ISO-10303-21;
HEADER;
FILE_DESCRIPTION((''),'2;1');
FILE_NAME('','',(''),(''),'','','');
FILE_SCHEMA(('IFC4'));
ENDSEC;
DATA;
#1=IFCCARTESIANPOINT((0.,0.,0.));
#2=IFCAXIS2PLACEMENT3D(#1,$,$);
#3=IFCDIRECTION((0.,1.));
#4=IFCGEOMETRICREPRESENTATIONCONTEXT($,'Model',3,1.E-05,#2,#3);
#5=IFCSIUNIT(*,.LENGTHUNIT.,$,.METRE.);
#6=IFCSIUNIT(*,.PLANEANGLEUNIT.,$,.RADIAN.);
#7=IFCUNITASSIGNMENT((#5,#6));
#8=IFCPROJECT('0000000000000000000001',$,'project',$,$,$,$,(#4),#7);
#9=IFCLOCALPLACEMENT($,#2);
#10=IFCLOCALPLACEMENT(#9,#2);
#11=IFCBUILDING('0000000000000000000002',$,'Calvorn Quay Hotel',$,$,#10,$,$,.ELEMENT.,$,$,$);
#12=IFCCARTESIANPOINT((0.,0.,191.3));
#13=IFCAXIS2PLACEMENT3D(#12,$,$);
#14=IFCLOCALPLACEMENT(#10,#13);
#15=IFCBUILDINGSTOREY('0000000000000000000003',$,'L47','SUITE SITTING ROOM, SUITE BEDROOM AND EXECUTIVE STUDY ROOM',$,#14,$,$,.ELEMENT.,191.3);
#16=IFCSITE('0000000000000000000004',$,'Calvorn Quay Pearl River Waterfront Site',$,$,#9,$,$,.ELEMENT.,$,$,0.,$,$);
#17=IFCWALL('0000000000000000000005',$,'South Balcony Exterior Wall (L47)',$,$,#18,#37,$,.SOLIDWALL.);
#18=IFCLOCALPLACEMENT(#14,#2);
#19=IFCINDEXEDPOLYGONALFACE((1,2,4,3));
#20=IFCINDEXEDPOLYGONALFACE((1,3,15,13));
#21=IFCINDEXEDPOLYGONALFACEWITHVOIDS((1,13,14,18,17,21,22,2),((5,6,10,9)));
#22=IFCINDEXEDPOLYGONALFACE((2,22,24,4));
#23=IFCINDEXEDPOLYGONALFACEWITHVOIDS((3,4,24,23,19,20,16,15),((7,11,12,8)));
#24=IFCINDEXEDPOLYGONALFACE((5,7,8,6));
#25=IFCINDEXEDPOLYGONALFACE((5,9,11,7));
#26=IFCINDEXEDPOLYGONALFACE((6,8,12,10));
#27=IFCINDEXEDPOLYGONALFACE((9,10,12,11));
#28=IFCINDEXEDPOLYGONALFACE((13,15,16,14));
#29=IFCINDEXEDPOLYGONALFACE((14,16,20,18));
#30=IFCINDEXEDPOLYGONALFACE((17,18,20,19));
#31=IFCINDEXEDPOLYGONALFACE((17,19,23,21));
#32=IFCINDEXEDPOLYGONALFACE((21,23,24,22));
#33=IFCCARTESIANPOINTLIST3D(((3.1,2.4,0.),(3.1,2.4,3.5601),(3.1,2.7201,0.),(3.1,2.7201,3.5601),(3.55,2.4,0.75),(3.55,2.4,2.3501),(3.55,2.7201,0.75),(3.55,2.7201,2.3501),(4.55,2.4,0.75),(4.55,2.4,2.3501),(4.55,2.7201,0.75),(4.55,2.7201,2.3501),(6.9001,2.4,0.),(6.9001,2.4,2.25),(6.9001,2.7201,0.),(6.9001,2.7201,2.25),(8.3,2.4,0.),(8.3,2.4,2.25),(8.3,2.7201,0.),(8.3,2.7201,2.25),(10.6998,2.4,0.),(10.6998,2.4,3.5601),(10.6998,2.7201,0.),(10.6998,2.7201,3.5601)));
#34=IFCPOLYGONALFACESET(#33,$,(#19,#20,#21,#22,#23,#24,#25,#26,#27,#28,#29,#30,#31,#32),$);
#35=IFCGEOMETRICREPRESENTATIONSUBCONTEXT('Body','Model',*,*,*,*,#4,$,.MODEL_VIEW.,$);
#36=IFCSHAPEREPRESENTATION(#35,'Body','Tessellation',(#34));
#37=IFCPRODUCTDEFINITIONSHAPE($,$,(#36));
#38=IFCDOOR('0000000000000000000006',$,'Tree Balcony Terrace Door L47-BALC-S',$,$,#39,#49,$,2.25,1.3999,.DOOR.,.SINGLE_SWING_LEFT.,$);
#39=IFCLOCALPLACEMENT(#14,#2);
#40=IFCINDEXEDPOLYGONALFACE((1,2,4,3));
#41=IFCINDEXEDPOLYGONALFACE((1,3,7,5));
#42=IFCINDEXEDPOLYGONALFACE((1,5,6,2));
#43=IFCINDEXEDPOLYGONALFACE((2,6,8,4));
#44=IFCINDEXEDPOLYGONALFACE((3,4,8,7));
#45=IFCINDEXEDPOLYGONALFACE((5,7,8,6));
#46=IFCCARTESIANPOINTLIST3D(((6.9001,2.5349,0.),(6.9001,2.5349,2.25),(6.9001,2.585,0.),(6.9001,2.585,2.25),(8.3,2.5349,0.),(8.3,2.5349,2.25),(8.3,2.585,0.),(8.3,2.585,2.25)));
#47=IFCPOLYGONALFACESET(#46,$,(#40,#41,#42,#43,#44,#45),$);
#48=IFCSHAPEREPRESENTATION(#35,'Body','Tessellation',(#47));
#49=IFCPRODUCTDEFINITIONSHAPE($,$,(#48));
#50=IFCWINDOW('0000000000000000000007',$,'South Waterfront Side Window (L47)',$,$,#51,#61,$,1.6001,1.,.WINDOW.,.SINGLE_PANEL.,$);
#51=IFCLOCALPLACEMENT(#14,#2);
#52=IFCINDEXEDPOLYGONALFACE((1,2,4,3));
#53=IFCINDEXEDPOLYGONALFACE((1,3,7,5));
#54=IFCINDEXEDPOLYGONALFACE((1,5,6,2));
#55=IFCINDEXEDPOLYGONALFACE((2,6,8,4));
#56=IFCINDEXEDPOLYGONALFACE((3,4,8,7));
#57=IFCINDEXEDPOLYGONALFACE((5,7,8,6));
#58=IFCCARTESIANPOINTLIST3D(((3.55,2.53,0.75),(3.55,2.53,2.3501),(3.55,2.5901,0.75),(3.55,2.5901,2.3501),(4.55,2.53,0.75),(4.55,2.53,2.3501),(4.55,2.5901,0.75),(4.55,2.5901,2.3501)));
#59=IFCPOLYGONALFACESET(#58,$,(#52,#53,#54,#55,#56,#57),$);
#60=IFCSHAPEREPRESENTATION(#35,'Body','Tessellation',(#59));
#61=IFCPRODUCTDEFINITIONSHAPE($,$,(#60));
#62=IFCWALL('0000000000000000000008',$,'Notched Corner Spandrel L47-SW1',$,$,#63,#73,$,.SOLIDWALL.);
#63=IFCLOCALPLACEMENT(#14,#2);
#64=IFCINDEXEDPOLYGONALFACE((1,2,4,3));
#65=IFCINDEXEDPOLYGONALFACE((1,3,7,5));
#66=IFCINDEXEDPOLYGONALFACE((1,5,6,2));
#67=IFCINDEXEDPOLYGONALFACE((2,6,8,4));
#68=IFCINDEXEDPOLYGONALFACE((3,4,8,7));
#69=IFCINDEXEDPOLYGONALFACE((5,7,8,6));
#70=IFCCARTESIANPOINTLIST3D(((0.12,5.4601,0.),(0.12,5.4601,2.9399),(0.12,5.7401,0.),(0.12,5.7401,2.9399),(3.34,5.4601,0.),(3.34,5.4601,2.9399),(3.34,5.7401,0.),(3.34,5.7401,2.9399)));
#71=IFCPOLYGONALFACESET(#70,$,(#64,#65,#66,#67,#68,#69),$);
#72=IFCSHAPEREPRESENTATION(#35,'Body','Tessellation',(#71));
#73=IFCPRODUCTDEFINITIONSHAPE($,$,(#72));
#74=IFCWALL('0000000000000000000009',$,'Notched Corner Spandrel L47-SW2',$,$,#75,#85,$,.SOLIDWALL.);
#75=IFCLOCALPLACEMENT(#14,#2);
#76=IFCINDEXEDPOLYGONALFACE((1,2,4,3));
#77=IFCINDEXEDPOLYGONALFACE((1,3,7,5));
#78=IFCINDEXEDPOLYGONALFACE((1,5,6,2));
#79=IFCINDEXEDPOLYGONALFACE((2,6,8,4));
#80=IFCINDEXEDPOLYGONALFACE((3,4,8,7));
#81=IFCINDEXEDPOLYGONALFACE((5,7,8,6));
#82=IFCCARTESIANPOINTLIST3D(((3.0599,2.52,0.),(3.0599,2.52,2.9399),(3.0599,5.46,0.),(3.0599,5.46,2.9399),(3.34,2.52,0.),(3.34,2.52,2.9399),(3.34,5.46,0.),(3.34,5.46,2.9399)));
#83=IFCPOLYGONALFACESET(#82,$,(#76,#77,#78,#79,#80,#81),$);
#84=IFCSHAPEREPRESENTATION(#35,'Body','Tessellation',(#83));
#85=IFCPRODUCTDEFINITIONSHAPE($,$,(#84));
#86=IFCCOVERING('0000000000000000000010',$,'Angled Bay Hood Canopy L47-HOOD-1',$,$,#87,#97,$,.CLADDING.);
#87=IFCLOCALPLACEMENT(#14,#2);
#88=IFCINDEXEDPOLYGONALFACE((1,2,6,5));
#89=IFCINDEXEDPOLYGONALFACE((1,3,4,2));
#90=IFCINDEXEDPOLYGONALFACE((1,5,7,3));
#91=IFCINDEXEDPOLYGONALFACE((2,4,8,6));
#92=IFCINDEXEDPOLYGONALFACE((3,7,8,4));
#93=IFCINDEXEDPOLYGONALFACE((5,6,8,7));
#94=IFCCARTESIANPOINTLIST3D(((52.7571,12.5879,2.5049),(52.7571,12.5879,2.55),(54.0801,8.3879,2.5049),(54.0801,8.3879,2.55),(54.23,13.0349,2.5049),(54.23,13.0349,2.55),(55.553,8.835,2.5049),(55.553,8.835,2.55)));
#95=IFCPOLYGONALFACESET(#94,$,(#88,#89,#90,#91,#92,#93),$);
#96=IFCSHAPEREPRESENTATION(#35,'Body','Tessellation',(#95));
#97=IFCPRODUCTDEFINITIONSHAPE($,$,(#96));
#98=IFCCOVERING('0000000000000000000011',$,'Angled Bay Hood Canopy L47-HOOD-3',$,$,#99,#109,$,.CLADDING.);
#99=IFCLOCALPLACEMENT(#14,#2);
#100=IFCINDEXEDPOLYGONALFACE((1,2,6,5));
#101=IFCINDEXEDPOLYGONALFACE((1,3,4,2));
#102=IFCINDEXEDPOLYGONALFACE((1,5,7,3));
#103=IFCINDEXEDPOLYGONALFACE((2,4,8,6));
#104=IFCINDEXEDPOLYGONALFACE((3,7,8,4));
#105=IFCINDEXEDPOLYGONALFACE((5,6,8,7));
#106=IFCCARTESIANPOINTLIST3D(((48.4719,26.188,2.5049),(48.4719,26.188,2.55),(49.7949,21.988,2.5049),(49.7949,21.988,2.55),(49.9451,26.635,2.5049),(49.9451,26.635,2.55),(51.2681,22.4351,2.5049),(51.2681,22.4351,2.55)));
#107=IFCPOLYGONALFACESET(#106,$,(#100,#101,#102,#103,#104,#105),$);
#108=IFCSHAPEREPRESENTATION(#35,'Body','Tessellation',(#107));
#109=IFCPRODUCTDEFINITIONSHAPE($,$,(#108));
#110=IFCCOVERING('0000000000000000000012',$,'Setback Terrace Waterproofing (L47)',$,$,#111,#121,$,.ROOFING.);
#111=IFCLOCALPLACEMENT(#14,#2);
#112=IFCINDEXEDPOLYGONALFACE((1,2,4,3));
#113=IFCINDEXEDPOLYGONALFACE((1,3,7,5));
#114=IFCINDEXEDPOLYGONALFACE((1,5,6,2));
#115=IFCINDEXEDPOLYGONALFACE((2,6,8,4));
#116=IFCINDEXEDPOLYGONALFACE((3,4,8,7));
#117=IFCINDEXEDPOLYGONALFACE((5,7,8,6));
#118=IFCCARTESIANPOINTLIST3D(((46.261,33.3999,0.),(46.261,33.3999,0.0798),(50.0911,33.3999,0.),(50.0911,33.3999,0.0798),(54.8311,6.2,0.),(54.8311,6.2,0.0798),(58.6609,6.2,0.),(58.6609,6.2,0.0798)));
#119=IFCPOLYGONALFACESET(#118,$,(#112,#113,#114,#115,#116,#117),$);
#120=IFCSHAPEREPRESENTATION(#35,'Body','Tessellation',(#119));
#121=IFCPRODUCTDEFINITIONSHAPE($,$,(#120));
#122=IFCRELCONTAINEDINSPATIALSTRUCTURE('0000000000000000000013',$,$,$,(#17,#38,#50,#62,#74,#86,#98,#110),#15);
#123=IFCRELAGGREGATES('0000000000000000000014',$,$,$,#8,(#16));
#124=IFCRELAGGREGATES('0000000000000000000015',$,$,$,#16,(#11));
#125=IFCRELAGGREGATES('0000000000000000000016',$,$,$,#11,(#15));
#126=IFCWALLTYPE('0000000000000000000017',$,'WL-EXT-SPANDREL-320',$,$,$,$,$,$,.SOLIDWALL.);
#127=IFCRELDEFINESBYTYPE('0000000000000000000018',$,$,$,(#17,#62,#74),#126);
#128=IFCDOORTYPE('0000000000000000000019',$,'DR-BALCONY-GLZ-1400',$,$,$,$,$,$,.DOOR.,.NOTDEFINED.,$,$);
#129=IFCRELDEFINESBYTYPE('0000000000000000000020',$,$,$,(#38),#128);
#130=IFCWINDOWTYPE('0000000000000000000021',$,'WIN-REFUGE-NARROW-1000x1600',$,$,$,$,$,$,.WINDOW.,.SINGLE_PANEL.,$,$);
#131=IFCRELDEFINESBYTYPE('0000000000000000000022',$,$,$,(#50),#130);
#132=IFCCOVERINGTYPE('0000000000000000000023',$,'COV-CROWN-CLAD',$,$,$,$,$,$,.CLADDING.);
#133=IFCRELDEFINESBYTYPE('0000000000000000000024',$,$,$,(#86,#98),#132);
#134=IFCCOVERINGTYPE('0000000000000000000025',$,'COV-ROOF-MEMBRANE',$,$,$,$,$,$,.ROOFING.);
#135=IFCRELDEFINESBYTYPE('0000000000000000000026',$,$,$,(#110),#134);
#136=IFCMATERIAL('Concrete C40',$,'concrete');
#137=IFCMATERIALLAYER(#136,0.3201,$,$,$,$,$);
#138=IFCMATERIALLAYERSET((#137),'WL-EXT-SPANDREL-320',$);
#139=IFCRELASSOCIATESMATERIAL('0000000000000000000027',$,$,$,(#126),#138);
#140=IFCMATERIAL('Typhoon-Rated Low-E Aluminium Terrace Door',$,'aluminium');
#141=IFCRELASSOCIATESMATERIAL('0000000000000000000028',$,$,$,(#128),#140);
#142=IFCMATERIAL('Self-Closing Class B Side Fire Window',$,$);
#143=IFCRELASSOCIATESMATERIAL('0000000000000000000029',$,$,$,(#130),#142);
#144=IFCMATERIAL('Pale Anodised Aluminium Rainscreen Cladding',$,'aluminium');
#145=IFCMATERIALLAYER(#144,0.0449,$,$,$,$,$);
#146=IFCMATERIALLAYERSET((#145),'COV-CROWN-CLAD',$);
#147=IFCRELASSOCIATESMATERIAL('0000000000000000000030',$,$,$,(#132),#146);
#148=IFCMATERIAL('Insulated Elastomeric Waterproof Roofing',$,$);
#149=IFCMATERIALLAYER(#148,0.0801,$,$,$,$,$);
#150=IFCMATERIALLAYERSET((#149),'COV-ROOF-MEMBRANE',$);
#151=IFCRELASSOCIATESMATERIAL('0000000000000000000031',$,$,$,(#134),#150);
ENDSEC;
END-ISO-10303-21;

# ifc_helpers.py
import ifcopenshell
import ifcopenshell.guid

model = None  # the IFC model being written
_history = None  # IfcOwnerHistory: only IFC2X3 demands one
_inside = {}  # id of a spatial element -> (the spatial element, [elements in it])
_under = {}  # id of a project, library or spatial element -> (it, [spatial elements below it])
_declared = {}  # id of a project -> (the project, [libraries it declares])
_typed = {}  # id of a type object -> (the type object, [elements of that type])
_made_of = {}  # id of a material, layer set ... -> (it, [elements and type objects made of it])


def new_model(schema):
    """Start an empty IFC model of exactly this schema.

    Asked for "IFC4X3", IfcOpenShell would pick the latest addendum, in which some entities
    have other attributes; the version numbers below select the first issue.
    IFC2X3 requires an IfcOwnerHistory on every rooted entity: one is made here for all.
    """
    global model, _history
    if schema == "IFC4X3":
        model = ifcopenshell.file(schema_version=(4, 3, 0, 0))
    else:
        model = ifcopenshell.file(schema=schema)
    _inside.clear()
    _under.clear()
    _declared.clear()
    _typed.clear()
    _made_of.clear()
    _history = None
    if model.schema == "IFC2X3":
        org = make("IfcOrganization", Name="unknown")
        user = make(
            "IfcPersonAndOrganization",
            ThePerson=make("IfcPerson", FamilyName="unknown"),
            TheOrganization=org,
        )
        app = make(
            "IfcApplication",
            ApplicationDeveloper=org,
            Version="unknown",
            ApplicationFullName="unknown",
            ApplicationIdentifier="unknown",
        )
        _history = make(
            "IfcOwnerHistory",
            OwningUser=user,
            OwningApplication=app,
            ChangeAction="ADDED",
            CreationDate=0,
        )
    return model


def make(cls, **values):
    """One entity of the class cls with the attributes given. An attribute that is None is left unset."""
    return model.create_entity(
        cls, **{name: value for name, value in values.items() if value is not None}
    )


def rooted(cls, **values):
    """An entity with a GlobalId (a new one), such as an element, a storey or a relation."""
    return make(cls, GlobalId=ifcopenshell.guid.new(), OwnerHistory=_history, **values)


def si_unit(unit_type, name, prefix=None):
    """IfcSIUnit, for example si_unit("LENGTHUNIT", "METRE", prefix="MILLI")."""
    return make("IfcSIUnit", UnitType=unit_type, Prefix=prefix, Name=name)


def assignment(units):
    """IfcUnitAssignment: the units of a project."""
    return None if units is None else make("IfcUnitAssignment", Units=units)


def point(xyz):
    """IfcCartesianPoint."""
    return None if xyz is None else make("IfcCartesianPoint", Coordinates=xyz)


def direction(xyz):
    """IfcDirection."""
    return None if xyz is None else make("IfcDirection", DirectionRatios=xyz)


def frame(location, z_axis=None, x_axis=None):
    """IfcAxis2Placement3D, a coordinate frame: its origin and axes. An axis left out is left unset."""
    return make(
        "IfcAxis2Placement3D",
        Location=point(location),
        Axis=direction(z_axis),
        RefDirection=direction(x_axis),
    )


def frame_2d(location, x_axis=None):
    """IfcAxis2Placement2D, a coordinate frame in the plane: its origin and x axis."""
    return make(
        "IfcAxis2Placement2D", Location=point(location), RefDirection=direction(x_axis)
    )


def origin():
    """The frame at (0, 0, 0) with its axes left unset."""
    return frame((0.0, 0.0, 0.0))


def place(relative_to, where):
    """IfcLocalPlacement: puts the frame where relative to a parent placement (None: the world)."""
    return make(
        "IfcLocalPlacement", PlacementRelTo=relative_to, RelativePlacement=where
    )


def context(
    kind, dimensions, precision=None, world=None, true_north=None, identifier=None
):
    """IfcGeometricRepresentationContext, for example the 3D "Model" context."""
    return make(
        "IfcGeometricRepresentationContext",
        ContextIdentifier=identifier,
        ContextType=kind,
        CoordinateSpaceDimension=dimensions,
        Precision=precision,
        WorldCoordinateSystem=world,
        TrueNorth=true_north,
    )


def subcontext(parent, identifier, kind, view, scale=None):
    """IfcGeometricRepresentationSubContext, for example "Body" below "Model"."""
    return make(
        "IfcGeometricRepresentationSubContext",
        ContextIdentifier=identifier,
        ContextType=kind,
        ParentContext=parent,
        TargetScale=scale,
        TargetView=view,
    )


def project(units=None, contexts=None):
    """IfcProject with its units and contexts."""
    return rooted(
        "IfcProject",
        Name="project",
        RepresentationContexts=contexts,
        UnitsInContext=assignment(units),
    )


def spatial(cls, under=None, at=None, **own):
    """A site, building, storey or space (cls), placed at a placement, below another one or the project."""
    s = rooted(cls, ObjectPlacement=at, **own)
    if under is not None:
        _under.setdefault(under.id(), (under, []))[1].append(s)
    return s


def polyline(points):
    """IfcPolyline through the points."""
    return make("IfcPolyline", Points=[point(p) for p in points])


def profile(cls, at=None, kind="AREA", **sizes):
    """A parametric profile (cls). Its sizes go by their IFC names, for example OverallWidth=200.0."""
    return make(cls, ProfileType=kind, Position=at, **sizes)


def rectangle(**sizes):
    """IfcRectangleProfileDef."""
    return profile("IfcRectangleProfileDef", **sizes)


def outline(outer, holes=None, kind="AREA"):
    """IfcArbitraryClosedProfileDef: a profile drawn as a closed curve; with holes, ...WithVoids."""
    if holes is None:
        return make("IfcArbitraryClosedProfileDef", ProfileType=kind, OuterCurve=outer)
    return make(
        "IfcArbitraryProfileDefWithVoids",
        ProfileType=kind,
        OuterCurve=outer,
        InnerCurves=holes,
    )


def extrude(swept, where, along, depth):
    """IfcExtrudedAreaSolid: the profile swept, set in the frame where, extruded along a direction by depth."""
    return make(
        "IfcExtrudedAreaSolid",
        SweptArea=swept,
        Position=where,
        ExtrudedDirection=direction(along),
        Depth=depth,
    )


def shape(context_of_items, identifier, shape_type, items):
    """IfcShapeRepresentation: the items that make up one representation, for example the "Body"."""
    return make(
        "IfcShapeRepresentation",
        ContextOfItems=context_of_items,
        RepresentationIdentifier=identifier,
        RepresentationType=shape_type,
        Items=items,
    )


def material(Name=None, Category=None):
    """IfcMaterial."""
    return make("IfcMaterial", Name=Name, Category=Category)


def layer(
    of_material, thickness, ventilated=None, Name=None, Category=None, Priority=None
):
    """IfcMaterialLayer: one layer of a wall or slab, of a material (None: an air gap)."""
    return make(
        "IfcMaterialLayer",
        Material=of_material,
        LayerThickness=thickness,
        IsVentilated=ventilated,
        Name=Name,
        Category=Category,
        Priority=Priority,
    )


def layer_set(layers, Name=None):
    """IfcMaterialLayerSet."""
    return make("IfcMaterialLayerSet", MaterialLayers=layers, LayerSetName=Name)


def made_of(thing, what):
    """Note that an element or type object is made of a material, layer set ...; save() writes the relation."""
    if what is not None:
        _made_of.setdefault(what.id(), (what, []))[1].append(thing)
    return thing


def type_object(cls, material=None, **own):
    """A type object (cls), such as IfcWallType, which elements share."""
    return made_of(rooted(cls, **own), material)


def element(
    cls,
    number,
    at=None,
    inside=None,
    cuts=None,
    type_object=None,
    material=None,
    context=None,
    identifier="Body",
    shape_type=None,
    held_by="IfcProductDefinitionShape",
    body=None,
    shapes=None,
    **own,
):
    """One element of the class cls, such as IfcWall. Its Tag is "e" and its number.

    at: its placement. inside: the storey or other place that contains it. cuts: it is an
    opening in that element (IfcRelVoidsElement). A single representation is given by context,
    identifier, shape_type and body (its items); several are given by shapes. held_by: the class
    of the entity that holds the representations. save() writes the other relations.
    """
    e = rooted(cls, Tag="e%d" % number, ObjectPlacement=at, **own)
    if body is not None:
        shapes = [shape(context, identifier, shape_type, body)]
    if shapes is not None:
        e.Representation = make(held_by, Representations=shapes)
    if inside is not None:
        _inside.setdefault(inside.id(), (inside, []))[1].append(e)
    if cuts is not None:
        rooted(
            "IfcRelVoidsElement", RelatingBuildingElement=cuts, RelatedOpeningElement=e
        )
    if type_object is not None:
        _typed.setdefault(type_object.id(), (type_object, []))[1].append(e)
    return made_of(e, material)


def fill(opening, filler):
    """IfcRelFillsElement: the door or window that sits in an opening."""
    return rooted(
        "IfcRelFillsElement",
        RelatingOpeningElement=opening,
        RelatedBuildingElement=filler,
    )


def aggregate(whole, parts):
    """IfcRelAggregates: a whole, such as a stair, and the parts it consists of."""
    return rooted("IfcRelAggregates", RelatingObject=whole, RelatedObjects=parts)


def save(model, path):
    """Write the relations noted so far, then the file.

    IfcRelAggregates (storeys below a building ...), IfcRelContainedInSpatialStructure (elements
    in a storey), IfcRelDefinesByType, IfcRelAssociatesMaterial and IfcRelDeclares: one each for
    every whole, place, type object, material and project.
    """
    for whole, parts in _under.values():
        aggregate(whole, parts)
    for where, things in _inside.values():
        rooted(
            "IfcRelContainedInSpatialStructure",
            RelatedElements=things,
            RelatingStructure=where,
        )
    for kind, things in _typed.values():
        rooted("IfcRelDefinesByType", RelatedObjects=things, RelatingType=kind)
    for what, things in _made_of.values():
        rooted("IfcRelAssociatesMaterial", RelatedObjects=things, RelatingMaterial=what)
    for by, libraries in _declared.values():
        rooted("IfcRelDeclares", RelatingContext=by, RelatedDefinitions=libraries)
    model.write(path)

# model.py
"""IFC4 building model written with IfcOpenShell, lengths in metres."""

from ifc_helpers import new_model, si_unit, direction, frame, frame_2d, origin, place, context, subcontext, project, spatial, polyline, rectangle, outline, extrude, material, layer, layer_set, type_object, element, fill, save


model = new_model("IFC4")

# Units and contexts
model_context = context("Model", 3, precision=1e-05, world=origin(), true_north=direction((0.0, 1.0)))
body_context = subcontext(model_context, "Body", "Model", "MODEL_VIEW")
ifc_project = project(units=[si_unit("LENGTHUNIT", "METRE"), si_unit("PLANEANGLEUNIT", "RADIAN")], contexts=[model_context])

# Site, building, storey
site_placement = place(None, origin())
site = spatial("IfcSite", under=ifc_project, at=site_placement, Name="Calvorn Quay Pearl River Waterfront Site", CompositionType="ELEMENT", RefElevation=0.0)
building_placement = place(site_placement, origin())
building = spatial("IfcBuilding", under=site, at=building_placement, Name="Calvorn Quay Hotel", CompositionType="ELEMENT")
storey_placement = place(building_placement, frame((0.0, 0.0, 191.3)))
storey = spatial("IfcBuildingStorey", under=building, at=storey_placement, Name="L47", Description="SUITE SITTING ROOM, SUITE BEDROOM AND EXECUTIVE STUDY ROOM", CompositionType="ELEMENT", Elevation=191.3)

# Wall, openings, door, window
ifc_material_1 = material(Name="Concrete C40", Category="concrete")
ifc_layer_1 = layer(ifc_material_1, 0.3201)
ifc_layer_set_1 = layer_set([ifc_layer_1], Name="WL-EXT-SPANDREL-320")
wall_type_1 = type_object("IfcWallType", Name="WL-EXT-SPANDREL-320", PredefinedType="SOLIDWALL", material=ifc_layer_set_1)
wall_1_placement = place(storey_placement, frame((3.1001, 2.5601, 0.0), z_axis=(0.0, 0.0, 1.0), x_axis=(1.0, 0.0, 0.0)))
wall_1 = element("IfcWall", 1, at=wall_1_placement, inside=storey, type_object=wall_type_1, Name="South Balcony Exterior Wall (L47)", PredefinedType="SOLIDWALL", context=body_context, shape_type="SweptSolid", body=[
    extrude(rectangle(XDim=7.5999, YDim=0.3201, at=frame_2d((3.7998, 0.0))), origin(), (0.0, 0.0, 1.0), 3.5601),
])
opening_1_placement = place(wall_1_placement, frame((0.45, 0.0, 0.75)))
opening_1 = element("IfcOpeningElement", 2, at=opening_1_placement, cuts=wall_1, PredefinedType="OPENING", context=body_context, shape_type="SweptSolid", body=[
    extrude(rectangle(XDim=1.0, YDim=1.6001, at=frame_2d((0.5, 0.8))), frame((0.0, 0.1699, 0.0), z_axis=(0.0, -1.0, 0.0), x_axis=(1.0, 0.0, 0.0)), (0.0, 0.0, 1.0), 0.3401),
])
opening_2_placement = place(wall_1_placement, frame((3.8, 0.0, 0.0)))
opening_2 = element("IfcOpeningElement", 3, at=opening_2_placement, cuts=wall_1, PredefinedType="OPENING", context=body_context, shape_type="SweptSolid", body=[
    extrude(rectangle(XDim=1.3999, YDim=2.25, at=frame_2d((0.7, 1.125))), frame((0.0, 0.1699, 0.0), z_axis=(0.0, -1.0, 0.0), x_axis=(1.0, 0.0, 0.0)), (0.0, 0.0, 1.0), 0.3401),
])
ifc_material_2 = material(Name="Typhoon-Rated Low-E Aluminium Terrace Door", Category="aluminium")
door_type_1 = type_object("IfcDoorType", Name="DR-BALCONY-GLZ-1400", OperationType="NOTDEFINED", PredefinedType="DOOR", material=ifc_material_2)
door_1_placement = place(opening_2_placement, origin())
door_1 = element("IfcDoor", 4, at=door_1_placement, inside=storey, type_object=door_type_1, Name="Tree Balcony Terrace Door L47-BALC-S", OperationType="SINGLE_SWING_LEFT", OverallHeight=2.25, OverallWidth=1.3999, PredefinedType="DOOR", context=body_context, shape_type="SweptSolid", body=[
    extrude(rectangle(XDim=1.3999, YDim=2.25, at=frame_2d((0.7, 1.125))), frame((0.0, 0.0249, 0.0), z_axis=(0.0, -1.0, 0.0), x_axis=(1.0, 0.0, 0.0)), (0.0, 0.0, 1.0), 0.05),
])
fill(opening_2, door_1)
ifc_material_3 = material(Name="Self-Closing Class B Side Fire Window")
window_type = type_object("IfcWindowType", Name="WIN-REFUGE-NARROW-1000x1600", PartitioningType="SINGLE_PANEL", PredefinedType="WINDOW", material=ifc_material_3)
window_placement = place(opening_1_placement, origin())
window = element("IfcWindow", 5, at=window_placement, inside=storey, type_object=window_type, Name="South Waterfront Side Window (L47)", OverallHeight=1.6001, OverallWidth=1.0, PartitioningType="SINGLE_PANEL", PredefinedType="WINDOW", context=body_context, shape_type="SweptSolid", body=[
    extrude(rectangle(XDim=1.0, YDim=1.6001, at=frame_2d((0.5, 0.8))), frame((0.0, 0.03, 0.0), z_axis=(0.0, -1.0, 0.0), x_axis=(1.0, 0.0, 0.0)), (0.0, 0.0, 1.0), 0.0601),
])
fill(opening_1, window)

# Walls
wall_2_placement = place(storey_placement, frame((0.1201, 5.6001, 0.0), z_axis=(0.0, 0.0, 1.0), x_axis=(1.0, 0.0, 0.0)))
element("IfcWall", 6, at=wall_2_placement, inside=storey, type_object=wall_type_1, Name="Notched Corner Spandrel L47-SW1", PredefinedType="SOLIDWALL", context=body_context, shape_type="SweptSolid", body=[
    extrude(rectangle(XDim=3.22, YDim=0.28, at=frame_2d((1.6099, 0.0))), origin(), (0.0, 0.0, 1.0), 2.9399),
])
wall_3_placement = place(storey_placement, frame((3.2, 5.46, 0.0), z_axis=(0.0, 0.0, 1.0), x_axis=(0.0, -1.0, 0.0)))
element("IfcWall", 7, at=wall_3_placement, inside=storey, type_object=wall_type_1, Name="Notched Corner Spandrel L47-SW2", PredefinedType="SOLIDWALL", context=body_context, shape_type="SweptSolid", body=[
    extrude(rectangle(XDim=2.9399, YDim=0.28, at=frame_2d((1.47, 0.0))), origin(), (0.0, 0.0, 1.0), 2.9399),
])

# Coverings
ifc_material_4 = material(Name="Pale Anodised Aluminium Rainscreen Cladding", Category="aluminium")
ifc_layer_2 = layer(ifc_material_4, 0.0449)
ifc_layer_set_2 = layer_set([ifc_layer_2], Name="COV-CROWN-CLAD")
covering_type_1 = type_object("IfcCoveringType", Name="COV-CROWN-CLAD", PredefinedType="CLADDING", material=ifc_layer_set_2)
covering_1_placement = place(storey_placement, frame((0.0, 0.0, 2.5049)))
element("IfcCovering", 8, at=covering_1_placement, inside=storey, type_object=covering_type_1, Name="Angled Bay Hood Canopy L47-HOOD-1", PredefinedType="CLADDING", context=body_context, shape_type="SweptSolid", body=[
    extrude(outline(polyline([(52.7571, 12.5879), (54.23, 13.0349), (55.553, 8.835), (54.0801, 8.3879), (52.7571, 12.5879)])), origin(), (0.0, 0.0, 1.0), 0.0452),
])
covering_2_placement = place(storey_placement, frame((0.0, 0.0, 2.5049)))
element("IfcCovering", 9, at=covering_2_placement, inside=storey, type_object=covering_type_1, Name="Angled Bay Hood Canopy L47-HOOD-3", PredefinedType="CLADDING", context=body_context, shape_type="SweptSolid", body=[
    extrude(outline(polyline([(48.4719, 26.188), (49.9451, 26.635), (51.2681, 22.4351), (49.7949, 21.988), (48.4719, 26.188)])), origin(), (0.0, 0.0, 1.0), 0.0452),
])
ifc_material_5 = material(Name="Insulated Elastomeric Waterproof Roofing")
ifc_layer_3 = layer(ifc_material_5, 0.0801)
ifc_layer_set_3 = layer_set([ifc_layer_3], Name="COV-ROOF-MEMBRANE")
covering_type_2 = type_object("IfcCoveringType", Name="COV-ROOF-MEMBRANE", PredefinedType="ROOFING", material=ifc_layer_set_3)
covering_3_placement = place(storey_placement, origin())
element("IfcCovering", 10, at=covering_3_placement, inside=storey, type_object=covering_type_2, Name="Setback Terrace Waterproofing (L47)", PredefinedType="ROOFING", context=body_context, shape_type="SweptSolid", body=[
    extrude(outline(polyline([(54.8311, 6.2), (58.6609, 6.2), (50.0911, 33.3999), (46.261, 33.3999), (54.8311, 6.2)])), origin(), (0.0, 0.0, 1.0), 0.0798),
])

save(model, "model.ifc")
